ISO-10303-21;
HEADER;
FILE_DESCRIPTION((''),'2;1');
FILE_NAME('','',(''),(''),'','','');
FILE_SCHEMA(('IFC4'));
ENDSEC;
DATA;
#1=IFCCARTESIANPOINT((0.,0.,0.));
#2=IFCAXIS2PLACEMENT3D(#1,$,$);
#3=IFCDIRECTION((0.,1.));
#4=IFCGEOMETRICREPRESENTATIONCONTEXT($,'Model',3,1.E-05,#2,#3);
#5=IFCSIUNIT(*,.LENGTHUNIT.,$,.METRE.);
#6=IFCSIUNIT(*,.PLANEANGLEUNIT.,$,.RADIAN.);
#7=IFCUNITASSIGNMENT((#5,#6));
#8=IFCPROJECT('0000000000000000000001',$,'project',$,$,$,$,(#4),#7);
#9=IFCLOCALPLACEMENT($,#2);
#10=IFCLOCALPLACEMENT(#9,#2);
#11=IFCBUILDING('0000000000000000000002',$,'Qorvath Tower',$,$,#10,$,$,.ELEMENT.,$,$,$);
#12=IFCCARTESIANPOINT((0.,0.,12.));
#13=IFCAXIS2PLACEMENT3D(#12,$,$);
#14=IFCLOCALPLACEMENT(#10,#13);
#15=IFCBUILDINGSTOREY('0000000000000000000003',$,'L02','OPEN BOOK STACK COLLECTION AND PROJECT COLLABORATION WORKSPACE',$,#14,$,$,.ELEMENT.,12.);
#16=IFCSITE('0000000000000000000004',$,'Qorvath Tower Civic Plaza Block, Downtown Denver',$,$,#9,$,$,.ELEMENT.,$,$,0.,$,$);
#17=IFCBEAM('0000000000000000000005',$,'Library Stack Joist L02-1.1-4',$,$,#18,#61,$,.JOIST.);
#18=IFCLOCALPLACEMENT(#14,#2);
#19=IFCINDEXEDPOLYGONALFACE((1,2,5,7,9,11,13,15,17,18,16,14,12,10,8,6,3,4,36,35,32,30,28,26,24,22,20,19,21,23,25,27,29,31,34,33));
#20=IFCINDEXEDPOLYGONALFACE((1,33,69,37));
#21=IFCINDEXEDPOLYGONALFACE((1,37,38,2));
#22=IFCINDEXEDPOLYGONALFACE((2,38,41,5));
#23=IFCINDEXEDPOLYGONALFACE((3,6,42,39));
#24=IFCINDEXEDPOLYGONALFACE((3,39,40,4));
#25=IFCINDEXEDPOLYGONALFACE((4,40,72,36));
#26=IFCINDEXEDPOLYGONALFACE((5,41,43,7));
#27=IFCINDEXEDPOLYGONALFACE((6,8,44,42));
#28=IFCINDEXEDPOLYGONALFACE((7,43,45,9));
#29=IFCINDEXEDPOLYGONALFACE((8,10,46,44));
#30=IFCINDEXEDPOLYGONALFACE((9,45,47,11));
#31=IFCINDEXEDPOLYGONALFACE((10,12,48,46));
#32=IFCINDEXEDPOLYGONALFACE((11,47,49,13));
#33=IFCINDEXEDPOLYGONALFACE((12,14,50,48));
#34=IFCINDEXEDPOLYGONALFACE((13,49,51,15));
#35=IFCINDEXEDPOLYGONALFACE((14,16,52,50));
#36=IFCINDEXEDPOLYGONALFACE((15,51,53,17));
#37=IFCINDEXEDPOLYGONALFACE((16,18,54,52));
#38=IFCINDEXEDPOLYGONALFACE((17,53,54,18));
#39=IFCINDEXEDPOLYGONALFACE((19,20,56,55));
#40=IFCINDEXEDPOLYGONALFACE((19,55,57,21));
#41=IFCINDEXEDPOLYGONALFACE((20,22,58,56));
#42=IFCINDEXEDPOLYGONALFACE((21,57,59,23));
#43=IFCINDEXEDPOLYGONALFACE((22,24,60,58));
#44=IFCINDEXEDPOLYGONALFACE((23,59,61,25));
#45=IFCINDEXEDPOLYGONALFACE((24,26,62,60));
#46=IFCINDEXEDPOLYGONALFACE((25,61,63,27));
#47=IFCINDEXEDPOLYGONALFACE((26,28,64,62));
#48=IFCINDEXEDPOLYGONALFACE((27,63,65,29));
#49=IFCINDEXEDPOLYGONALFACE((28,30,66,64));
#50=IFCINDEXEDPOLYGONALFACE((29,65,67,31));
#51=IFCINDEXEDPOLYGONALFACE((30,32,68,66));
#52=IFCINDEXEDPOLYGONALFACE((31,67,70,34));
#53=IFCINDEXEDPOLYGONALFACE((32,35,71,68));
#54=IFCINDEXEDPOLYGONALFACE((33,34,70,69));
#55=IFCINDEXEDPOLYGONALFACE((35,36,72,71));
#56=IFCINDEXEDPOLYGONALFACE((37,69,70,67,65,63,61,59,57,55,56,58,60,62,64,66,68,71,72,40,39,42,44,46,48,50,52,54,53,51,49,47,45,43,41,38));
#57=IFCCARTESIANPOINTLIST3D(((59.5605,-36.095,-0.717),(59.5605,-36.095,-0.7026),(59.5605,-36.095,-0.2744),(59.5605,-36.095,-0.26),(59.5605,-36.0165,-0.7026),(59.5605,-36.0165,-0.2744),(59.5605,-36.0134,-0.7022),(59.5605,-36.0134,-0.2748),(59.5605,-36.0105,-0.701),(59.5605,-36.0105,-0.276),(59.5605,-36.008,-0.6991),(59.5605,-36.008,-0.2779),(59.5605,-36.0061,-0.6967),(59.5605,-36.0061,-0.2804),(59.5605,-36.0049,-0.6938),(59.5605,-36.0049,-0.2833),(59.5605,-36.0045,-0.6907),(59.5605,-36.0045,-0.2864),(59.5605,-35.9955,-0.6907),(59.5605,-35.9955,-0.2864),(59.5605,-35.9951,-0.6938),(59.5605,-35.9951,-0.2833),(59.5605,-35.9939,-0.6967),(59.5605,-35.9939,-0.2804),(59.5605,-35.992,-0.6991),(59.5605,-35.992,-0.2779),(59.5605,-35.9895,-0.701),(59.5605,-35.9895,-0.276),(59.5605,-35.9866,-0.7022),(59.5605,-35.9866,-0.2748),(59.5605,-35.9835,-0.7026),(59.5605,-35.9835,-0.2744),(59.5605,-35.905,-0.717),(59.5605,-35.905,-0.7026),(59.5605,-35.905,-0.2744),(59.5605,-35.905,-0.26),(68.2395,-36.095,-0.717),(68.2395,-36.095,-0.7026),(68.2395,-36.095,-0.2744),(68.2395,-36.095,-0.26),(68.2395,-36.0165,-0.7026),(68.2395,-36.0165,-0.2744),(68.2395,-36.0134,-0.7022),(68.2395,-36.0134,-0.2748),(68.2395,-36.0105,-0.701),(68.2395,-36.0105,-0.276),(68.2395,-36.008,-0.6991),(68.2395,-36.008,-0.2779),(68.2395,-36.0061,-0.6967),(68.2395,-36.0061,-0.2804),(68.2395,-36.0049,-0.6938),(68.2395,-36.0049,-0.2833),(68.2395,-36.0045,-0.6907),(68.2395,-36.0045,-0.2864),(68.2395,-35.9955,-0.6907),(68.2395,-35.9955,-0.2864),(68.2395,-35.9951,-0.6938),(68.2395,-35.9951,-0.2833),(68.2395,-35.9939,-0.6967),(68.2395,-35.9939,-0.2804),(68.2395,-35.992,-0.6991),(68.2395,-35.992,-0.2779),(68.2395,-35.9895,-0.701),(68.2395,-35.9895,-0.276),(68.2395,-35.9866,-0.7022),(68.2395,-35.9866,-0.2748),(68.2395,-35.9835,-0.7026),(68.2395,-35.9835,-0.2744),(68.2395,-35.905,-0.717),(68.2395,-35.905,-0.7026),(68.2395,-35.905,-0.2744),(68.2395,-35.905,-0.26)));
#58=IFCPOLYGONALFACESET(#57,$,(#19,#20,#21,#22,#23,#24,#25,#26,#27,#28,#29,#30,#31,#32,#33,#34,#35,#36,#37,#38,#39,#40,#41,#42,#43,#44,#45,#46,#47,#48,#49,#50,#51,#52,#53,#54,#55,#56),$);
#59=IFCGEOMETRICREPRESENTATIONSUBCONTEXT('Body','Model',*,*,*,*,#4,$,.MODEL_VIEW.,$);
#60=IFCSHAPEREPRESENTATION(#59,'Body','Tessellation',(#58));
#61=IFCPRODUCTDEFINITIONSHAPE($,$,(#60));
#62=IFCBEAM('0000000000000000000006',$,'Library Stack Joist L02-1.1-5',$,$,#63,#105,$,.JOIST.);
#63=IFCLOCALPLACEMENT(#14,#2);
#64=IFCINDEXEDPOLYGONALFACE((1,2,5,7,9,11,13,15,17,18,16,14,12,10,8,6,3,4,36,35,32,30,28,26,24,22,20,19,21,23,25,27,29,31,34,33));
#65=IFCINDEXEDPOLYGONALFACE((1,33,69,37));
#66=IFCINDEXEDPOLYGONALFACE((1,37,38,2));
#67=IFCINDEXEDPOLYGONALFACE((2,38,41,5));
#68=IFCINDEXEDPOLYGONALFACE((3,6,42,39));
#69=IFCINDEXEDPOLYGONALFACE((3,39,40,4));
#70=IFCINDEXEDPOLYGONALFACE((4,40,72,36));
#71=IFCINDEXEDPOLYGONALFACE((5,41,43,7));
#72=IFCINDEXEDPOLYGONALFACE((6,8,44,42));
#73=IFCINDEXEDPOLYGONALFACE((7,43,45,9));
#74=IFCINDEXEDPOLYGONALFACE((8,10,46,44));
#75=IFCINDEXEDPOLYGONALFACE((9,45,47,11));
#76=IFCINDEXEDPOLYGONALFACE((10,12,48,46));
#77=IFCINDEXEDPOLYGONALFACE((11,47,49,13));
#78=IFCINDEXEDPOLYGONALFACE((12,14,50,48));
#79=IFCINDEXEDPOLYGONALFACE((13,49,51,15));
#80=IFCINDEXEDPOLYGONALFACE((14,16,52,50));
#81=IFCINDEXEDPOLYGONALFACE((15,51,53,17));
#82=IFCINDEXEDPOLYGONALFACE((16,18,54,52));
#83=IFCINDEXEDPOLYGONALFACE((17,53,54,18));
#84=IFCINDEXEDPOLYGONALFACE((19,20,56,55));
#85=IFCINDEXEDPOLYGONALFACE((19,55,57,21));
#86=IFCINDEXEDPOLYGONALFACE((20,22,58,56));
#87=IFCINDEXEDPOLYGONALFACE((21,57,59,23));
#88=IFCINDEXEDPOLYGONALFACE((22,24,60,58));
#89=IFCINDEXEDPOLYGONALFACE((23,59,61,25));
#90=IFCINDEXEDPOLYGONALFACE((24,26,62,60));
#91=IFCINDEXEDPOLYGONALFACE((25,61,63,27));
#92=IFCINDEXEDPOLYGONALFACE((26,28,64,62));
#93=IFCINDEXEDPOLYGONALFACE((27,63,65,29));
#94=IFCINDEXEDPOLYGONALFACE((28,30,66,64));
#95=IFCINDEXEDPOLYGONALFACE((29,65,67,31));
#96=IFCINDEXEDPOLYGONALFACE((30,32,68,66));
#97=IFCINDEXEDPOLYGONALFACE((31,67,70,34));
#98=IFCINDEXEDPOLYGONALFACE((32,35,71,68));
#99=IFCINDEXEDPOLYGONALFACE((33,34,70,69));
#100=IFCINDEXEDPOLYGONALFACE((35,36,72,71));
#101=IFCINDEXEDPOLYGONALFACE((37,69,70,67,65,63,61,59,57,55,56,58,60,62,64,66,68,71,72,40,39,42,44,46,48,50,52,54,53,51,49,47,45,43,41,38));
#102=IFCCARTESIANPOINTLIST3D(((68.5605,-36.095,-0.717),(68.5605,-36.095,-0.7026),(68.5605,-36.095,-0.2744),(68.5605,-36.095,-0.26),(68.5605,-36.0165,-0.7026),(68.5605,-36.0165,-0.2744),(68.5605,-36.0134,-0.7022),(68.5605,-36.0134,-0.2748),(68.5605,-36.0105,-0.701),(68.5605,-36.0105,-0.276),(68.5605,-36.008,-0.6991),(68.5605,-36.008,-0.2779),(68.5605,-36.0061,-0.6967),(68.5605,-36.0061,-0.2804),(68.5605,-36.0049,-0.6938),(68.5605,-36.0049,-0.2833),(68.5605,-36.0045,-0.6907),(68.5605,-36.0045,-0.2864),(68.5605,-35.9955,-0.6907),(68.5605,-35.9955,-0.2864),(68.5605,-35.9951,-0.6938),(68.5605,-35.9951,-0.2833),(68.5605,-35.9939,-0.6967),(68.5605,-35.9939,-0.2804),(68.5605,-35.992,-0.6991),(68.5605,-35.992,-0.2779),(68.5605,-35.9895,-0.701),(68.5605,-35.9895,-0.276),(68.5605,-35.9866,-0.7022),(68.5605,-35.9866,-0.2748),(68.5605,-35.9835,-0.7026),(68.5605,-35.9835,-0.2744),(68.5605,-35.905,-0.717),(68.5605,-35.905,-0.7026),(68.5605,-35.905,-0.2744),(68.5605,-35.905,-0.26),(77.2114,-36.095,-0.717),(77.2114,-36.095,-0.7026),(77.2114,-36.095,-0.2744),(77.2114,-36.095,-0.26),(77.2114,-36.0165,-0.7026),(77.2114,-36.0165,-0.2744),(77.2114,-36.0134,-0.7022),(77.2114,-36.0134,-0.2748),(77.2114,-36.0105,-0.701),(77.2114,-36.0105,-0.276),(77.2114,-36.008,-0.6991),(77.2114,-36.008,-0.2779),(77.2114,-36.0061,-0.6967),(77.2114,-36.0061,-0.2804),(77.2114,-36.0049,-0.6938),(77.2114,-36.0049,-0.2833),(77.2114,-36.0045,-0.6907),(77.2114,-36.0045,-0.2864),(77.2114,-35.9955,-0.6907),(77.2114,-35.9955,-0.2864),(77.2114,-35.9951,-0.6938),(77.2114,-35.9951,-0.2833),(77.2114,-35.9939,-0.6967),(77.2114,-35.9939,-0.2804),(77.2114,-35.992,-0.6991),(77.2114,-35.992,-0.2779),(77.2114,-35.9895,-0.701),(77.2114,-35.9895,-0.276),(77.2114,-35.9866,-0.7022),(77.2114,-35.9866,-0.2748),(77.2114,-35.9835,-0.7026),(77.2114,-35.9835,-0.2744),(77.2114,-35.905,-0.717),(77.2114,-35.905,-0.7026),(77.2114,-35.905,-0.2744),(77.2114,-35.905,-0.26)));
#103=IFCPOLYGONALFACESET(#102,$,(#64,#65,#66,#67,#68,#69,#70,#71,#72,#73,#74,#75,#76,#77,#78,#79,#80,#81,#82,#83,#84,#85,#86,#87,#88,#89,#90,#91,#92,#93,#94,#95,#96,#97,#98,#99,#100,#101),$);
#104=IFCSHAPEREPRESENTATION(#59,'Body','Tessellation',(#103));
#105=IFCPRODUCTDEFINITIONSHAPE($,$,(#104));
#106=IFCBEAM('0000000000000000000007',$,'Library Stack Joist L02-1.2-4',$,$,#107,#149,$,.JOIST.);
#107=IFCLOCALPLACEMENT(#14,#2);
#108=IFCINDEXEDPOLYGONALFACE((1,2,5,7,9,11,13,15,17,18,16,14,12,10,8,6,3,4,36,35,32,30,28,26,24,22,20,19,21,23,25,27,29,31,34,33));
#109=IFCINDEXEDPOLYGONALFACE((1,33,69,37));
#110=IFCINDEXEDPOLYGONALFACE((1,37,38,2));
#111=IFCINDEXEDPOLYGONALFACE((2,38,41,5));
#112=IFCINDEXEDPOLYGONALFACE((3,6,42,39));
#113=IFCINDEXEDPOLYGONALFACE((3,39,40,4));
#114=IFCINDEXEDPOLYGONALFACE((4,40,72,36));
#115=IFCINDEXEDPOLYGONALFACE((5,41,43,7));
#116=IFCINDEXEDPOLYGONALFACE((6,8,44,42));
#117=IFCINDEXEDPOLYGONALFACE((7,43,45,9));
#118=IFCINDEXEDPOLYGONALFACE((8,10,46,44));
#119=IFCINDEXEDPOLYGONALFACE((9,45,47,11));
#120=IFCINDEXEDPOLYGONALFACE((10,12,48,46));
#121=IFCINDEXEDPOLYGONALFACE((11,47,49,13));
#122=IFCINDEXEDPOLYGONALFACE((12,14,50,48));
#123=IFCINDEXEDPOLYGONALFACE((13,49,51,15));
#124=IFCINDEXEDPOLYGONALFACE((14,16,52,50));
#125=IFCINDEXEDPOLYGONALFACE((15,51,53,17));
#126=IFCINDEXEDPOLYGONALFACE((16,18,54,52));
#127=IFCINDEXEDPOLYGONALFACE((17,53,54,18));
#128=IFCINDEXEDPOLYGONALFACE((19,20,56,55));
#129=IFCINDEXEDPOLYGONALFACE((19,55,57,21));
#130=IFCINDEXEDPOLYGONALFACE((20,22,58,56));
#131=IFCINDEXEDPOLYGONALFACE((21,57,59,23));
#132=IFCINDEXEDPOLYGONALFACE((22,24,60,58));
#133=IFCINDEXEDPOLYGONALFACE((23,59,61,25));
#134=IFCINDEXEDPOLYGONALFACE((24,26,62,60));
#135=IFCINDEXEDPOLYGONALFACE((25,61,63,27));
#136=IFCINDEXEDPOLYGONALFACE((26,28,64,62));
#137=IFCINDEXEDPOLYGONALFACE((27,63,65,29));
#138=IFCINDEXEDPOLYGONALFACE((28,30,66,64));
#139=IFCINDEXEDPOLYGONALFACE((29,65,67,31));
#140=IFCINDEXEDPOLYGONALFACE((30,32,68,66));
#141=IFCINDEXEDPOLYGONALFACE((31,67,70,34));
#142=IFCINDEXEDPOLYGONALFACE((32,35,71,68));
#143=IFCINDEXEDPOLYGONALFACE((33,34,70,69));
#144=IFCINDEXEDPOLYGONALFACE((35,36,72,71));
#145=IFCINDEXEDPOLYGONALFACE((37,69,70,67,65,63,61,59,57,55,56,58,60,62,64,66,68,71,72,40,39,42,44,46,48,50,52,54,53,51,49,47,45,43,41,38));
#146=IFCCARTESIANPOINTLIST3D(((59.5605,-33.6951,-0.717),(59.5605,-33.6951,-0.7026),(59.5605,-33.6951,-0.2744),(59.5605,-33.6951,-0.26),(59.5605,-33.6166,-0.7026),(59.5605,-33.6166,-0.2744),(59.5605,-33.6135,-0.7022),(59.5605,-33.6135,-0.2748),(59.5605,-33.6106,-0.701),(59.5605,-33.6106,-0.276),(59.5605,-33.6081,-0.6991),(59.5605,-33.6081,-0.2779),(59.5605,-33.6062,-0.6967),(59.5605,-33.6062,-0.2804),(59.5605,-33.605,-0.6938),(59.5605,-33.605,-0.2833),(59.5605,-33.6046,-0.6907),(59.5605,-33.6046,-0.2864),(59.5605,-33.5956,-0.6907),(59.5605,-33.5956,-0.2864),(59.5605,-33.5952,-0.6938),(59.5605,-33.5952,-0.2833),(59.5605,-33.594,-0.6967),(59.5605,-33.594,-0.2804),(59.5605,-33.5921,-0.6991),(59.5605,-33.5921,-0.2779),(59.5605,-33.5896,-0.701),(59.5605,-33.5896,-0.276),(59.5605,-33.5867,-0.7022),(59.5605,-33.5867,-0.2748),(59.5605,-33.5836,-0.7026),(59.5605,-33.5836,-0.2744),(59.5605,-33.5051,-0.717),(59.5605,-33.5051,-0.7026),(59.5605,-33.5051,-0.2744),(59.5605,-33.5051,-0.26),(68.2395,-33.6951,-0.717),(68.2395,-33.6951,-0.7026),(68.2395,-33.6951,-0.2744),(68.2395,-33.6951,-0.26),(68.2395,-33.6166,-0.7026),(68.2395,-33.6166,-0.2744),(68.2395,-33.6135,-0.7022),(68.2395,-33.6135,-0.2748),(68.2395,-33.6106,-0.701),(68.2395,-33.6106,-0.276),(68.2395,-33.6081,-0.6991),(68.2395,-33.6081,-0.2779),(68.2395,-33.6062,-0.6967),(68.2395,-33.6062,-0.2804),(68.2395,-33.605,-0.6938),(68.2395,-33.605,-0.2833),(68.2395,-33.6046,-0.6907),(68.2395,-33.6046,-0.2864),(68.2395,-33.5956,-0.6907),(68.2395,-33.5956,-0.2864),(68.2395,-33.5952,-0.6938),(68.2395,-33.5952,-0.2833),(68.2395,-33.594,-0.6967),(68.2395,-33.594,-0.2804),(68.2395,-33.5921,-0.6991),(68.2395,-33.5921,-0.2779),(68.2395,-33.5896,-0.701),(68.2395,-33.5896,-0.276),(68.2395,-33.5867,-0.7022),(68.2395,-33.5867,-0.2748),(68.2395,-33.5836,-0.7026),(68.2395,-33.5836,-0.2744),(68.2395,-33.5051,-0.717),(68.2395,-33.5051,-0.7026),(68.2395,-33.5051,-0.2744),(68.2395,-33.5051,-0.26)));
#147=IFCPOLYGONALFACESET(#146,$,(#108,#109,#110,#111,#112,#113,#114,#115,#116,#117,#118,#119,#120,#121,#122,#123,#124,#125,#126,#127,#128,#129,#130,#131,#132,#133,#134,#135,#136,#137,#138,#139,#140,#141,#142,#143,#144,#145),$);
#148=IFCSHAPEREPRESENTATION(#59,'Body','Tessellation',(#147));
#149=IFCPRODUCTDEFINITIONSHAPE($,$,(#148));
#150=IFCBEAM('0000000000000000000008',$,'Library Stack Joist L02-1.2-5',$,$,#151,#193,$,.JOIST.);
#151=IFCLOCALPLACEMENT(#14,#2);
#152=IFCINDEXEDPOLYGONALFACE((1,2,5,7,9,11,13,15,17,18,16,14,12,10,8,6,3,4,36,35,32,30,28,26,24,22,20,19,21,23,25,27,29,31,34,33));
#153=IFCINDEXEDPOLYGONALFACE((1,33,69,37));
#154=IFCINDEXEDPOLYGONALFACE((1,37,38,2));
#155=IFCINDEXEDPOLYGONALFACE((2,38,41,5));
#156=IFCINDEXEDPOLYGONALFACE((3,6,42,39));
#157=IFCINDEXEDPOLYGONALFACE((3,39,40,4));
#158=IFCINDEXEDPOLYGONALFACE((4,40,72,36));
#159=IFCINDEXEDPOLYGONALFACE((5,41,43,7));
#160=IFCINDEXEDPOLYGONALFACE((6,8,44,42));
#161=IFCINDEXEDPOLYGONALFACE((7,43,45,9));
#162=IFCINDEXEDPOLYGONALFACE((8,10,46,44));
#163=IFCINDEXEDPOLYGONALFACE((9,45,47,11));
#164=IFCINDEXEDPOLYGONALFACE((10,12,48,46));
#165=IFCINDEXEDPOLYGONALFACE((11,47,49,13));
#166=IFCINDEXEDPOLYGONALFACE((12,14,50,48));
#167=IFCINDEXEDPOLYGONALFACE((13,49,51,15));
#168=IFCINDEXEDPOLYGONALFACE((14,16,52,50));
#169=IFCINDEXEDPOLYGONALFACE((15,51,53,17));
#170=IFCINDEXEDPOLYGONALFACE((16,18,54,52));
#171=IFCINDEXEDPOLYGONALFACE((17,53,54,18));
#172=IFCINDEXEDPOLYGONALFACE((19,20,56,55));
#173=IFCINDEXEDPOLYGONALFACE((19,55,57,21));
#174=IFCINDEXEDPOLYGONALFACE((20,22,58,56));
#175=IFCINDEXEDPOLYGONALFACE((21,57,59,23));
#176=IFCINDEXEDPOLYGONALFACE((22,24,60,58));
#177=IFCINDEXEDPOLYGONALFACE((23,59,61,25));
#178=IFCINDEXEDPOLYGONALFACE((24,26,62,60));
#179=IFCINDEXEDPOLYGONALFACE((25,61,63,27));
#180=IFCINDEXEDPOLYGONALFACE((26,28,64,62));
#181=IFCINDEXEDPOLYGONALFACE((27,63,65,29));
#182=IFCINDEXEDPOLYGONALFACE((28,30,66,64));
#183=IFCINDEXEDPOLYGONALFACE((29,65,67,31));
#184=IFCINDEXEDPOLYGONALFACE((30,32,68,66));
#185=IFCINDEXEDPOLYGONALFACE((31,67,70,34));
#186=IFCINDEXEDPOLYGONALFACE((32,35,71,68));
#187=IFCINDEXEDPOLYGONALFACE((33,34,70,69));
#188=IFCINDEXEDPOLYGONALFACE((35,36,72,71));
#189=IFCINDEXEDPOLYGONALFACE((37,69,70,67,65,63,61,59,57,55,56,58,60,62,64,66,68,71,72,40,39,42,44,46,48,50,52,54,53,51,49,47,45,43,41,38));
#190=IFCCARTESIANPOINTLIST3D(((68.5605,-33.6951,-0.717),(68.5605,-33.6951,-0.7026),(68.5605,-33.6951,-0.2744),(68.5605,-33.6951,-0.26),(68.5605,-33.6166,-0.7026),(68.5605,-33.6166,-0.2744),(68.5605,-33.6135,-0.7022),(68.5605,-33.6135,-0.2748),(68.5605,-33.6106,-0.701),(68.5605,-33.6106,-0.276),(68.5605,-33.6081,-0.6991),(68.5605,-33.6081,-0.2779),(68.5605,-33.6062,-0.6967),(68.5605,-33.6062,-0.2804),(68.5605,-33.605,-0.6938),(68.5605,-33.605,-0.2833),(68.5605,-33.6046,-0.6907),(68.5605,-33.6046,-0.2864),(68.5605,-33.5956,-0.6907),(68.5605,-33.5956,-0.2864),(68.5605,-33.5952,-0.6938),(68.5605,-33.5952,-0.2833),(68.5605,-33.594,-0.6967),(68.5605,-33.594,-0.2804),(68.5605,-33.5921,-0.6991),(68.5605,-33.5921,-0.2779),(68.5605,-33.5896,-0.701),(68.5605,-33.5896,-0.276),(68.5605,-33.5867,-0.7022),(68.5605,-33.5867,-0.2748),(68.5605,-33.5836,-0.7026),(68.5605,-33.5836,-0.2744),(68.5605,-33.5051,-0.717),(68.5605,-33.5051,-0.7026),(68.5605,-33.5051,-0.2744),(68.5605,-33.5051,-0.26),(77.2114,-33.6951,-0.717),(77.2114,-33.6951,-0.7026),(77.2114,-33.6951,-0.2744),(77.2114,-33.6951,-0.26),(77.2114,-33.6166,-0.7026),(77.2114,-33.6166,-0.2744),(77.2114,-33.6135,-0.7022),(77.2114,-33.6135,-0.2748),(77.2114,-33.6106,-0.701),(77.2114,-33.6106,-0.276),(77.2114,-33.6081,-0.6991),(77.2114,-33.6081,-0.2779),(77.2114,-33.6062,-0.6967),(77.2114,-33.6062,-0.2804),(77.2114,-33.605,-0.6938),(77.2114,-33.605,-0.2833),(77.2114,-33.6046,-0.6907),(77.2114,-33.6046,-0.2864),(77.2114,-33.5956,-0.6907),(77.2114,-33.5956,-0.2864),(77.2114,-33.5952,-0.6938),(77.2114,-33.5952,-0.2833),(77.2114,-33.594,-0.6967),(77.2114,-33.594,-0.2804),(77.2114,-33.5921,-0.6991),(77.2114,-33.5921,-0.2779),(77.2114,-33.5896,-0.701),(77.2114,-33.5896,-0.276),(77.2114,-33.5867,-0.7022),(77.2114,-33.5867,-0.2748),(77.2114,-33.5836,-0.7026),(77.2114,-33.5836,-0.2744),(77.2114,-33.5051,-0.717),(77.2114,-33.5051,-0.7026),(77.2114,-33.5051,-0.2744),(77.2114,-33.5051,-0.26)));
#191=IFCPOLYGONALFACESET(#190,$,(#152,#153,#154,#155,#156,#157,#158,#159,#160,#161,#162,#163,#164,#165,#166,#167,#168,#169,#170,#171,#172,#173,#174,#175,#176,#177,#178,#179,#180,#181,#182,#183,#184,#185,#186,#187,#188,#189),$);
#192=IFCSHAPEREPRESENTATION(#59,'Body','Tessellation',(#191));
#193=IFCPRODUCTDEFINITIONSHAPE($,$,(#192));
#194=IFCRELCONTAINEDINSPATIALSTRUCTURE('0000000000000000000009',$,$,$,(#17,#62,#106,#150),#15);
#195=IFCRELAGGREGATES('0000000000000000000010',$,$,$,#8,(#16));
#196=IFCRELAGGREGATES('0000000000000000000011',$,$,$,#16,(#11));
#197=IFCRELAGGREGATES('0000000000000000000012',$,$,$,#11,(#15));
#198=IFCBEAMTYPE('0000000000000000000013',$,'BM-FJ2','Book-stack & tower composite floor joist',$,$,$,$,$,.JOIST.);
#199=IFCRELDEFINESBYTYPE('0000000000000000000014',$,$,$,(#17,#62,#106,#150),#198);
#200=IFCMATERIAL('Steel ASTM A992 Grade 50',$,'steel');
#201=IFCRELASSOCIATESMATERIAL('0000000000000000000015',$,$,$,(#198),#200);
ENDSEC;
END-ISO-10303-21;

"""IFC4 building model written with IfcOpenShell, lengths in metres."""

from ifc_helpers import new_model, si_unit, direction, frame, origin, origin_2d, place, context, subcontext, project, spatial, i_section, extrude, material, material_profile, profile_set, type_object, element, save


model = new_model("IFC4")

# Units and contexts
model_context = context("Model", 3, precision=1e-05, world=origin(), true_north=direction((0.0, 1.0)))
body_context = subcontext(model_context, "Body", "Model", "MODEL_VIEW")
ifc_project = project(units=[si_unit("LENGTHUNIT", "METRE"), si_unit("PLANEANGLEUNIT", "RADIAN")], contexts=[model_context])

# Site, building, storey
site_placement = place(None, origin())
site = spatial("IfcSite", under=ifc_project, at=site_placement, Name="Qorvath Tower Civic Plaza Block, Downtown Denver", CompositionType="ELEMENT", RefElevation=0.0)
building_placement = place(site_placement, origin())
building = spatial("IfcBuilding", under=site, at=building_placement, Name="Qorvath Tower", CompositionType="ELEMENT")
storey_placement = place(building_placement, frame((0.0, 0.0, 12.0)))
storey = spatial("IfcBuildingStorey", under=building, at=storey_placement, Name="L02", Description="OPEN BOOK STACK COLLECTION AND PROJECT COLLABORATION WORKSPACE", CompositionType="ELEMENT", Elevation=12.0)

# Beams
ifc_material_1 = material(Name="Steel ASTM A992 Grade 50", Category="steel")
ifc_material_profile_1 = material_profile(ifc_material_1, i_section(OverallWidth=0.1899, OverallDepth=0.457, WebThickness=0.009, FlangeThickness=0.0144, FilletRadius=0.012, at=origin_2d()), Name="W18x50")
ifc_profile_set_1 = profile_set([ifc_material_profile_1], Name="Steel ASTM A992 Grade 50")
beam_type_1 = type_object("IfcBeamType", Name="BM-FJ2", Description="Book-stack & tower composite floor joist", PredefinedType="JOIST", material=ifc_profile_set_1)
beam_1_placement = place(storey_placement, frame((59.5605, -36.0, -0.4885), z_axis=(1.0, 0.0, 0.0), x_axis=(0.0, 1.0, 0.0)))
element("IfcBeam", 1, at=beam_1_placement, inside=storey, type_object=beam_type_1, Name="Library Stack Joist L02-1.1-4", PredefinedType="JOIST", context=body_context, shape_type="SweptSolid", body=[
    extrude(i_section(OverallWidth=0.1899, OverallDepth=0.457, WebThickness=0.009, FlangeThickness=0.0144, FilletRadius=0.012, at=origin_2d()), origin(), (0.0, 0.0, 1.0), 8.679),
])
beam_2_placement = place(storey_placement, frame((68.5605, -36.0, -0.4885), z_axis=(1.0, 0.0, 0.0), x_axis=(0.0, 1.0, 0.0)))
element("IfcBeam", 2, at=beam_2_placement, inside=storey, type_object=beam_type_1, Name="Library Stack Joist L02-1.1-5", PredefinedType="JOIST", context=body_context, shape_type="SweptSolid", body=[
    extrude(i_section(OverallWidth=0.1899, OverallDepth=0.457, WebThickness=0.009, FlangeThickness=0.0144, FilletRadius=0.012, at=origin_2d()), origin(), (0.0, 0.0, 1.0), 8.6509),
])
beam_3_placement = place(storey_placement, frame((59.5605, -33.6001, -0.4885), z_axis=(1.0, 0.0, 0.0), x_axis=(0.0, 1.0, 0.0)))
element("IfcBeam", 3, at=beam_3_placement, inside=storey, type_object=beam_type_1, Name="Library Stack Joist L02-1.2-4", PredefinedType="JOIST", context=body_context, shape_type="SweptSolid", body=[
    extrude(i_section(OverallWidth=0.1899, OverallDepth=0.457, WebThickness=0.009, FlangeThickness=0.0144, FilletRadius=0.012, at=origin_2d()), origin(), (0.0, 0.0, 1.0), 8.679),
])
beam_4_placement = place(storey_placement, frame((68.5605, -33.6001, -0.4885), z_axis=(1.0, 0.0, 0.0), x_axis=(0.0, 1.0, 0.0)))
element("IfcBeam", 4, at=beam_4_placement, inside=storey, type_object=beam_type_1, Name="Library Stack Joist L02-1.2-5", PredefinedType="JOIST", context=body_context, shape_type="SweptSolid", body=[
    extrude(i_section(OverallWidth=0.1899, OverallDepth=0.457, WebThickness=0.009, FlangeThickness=0.0144, FilletRadius=0.012, at=origin_2d()), origin(), (0.0, 0.0, 1.0), 8.6509),
])

save(model, "model.ifc")
